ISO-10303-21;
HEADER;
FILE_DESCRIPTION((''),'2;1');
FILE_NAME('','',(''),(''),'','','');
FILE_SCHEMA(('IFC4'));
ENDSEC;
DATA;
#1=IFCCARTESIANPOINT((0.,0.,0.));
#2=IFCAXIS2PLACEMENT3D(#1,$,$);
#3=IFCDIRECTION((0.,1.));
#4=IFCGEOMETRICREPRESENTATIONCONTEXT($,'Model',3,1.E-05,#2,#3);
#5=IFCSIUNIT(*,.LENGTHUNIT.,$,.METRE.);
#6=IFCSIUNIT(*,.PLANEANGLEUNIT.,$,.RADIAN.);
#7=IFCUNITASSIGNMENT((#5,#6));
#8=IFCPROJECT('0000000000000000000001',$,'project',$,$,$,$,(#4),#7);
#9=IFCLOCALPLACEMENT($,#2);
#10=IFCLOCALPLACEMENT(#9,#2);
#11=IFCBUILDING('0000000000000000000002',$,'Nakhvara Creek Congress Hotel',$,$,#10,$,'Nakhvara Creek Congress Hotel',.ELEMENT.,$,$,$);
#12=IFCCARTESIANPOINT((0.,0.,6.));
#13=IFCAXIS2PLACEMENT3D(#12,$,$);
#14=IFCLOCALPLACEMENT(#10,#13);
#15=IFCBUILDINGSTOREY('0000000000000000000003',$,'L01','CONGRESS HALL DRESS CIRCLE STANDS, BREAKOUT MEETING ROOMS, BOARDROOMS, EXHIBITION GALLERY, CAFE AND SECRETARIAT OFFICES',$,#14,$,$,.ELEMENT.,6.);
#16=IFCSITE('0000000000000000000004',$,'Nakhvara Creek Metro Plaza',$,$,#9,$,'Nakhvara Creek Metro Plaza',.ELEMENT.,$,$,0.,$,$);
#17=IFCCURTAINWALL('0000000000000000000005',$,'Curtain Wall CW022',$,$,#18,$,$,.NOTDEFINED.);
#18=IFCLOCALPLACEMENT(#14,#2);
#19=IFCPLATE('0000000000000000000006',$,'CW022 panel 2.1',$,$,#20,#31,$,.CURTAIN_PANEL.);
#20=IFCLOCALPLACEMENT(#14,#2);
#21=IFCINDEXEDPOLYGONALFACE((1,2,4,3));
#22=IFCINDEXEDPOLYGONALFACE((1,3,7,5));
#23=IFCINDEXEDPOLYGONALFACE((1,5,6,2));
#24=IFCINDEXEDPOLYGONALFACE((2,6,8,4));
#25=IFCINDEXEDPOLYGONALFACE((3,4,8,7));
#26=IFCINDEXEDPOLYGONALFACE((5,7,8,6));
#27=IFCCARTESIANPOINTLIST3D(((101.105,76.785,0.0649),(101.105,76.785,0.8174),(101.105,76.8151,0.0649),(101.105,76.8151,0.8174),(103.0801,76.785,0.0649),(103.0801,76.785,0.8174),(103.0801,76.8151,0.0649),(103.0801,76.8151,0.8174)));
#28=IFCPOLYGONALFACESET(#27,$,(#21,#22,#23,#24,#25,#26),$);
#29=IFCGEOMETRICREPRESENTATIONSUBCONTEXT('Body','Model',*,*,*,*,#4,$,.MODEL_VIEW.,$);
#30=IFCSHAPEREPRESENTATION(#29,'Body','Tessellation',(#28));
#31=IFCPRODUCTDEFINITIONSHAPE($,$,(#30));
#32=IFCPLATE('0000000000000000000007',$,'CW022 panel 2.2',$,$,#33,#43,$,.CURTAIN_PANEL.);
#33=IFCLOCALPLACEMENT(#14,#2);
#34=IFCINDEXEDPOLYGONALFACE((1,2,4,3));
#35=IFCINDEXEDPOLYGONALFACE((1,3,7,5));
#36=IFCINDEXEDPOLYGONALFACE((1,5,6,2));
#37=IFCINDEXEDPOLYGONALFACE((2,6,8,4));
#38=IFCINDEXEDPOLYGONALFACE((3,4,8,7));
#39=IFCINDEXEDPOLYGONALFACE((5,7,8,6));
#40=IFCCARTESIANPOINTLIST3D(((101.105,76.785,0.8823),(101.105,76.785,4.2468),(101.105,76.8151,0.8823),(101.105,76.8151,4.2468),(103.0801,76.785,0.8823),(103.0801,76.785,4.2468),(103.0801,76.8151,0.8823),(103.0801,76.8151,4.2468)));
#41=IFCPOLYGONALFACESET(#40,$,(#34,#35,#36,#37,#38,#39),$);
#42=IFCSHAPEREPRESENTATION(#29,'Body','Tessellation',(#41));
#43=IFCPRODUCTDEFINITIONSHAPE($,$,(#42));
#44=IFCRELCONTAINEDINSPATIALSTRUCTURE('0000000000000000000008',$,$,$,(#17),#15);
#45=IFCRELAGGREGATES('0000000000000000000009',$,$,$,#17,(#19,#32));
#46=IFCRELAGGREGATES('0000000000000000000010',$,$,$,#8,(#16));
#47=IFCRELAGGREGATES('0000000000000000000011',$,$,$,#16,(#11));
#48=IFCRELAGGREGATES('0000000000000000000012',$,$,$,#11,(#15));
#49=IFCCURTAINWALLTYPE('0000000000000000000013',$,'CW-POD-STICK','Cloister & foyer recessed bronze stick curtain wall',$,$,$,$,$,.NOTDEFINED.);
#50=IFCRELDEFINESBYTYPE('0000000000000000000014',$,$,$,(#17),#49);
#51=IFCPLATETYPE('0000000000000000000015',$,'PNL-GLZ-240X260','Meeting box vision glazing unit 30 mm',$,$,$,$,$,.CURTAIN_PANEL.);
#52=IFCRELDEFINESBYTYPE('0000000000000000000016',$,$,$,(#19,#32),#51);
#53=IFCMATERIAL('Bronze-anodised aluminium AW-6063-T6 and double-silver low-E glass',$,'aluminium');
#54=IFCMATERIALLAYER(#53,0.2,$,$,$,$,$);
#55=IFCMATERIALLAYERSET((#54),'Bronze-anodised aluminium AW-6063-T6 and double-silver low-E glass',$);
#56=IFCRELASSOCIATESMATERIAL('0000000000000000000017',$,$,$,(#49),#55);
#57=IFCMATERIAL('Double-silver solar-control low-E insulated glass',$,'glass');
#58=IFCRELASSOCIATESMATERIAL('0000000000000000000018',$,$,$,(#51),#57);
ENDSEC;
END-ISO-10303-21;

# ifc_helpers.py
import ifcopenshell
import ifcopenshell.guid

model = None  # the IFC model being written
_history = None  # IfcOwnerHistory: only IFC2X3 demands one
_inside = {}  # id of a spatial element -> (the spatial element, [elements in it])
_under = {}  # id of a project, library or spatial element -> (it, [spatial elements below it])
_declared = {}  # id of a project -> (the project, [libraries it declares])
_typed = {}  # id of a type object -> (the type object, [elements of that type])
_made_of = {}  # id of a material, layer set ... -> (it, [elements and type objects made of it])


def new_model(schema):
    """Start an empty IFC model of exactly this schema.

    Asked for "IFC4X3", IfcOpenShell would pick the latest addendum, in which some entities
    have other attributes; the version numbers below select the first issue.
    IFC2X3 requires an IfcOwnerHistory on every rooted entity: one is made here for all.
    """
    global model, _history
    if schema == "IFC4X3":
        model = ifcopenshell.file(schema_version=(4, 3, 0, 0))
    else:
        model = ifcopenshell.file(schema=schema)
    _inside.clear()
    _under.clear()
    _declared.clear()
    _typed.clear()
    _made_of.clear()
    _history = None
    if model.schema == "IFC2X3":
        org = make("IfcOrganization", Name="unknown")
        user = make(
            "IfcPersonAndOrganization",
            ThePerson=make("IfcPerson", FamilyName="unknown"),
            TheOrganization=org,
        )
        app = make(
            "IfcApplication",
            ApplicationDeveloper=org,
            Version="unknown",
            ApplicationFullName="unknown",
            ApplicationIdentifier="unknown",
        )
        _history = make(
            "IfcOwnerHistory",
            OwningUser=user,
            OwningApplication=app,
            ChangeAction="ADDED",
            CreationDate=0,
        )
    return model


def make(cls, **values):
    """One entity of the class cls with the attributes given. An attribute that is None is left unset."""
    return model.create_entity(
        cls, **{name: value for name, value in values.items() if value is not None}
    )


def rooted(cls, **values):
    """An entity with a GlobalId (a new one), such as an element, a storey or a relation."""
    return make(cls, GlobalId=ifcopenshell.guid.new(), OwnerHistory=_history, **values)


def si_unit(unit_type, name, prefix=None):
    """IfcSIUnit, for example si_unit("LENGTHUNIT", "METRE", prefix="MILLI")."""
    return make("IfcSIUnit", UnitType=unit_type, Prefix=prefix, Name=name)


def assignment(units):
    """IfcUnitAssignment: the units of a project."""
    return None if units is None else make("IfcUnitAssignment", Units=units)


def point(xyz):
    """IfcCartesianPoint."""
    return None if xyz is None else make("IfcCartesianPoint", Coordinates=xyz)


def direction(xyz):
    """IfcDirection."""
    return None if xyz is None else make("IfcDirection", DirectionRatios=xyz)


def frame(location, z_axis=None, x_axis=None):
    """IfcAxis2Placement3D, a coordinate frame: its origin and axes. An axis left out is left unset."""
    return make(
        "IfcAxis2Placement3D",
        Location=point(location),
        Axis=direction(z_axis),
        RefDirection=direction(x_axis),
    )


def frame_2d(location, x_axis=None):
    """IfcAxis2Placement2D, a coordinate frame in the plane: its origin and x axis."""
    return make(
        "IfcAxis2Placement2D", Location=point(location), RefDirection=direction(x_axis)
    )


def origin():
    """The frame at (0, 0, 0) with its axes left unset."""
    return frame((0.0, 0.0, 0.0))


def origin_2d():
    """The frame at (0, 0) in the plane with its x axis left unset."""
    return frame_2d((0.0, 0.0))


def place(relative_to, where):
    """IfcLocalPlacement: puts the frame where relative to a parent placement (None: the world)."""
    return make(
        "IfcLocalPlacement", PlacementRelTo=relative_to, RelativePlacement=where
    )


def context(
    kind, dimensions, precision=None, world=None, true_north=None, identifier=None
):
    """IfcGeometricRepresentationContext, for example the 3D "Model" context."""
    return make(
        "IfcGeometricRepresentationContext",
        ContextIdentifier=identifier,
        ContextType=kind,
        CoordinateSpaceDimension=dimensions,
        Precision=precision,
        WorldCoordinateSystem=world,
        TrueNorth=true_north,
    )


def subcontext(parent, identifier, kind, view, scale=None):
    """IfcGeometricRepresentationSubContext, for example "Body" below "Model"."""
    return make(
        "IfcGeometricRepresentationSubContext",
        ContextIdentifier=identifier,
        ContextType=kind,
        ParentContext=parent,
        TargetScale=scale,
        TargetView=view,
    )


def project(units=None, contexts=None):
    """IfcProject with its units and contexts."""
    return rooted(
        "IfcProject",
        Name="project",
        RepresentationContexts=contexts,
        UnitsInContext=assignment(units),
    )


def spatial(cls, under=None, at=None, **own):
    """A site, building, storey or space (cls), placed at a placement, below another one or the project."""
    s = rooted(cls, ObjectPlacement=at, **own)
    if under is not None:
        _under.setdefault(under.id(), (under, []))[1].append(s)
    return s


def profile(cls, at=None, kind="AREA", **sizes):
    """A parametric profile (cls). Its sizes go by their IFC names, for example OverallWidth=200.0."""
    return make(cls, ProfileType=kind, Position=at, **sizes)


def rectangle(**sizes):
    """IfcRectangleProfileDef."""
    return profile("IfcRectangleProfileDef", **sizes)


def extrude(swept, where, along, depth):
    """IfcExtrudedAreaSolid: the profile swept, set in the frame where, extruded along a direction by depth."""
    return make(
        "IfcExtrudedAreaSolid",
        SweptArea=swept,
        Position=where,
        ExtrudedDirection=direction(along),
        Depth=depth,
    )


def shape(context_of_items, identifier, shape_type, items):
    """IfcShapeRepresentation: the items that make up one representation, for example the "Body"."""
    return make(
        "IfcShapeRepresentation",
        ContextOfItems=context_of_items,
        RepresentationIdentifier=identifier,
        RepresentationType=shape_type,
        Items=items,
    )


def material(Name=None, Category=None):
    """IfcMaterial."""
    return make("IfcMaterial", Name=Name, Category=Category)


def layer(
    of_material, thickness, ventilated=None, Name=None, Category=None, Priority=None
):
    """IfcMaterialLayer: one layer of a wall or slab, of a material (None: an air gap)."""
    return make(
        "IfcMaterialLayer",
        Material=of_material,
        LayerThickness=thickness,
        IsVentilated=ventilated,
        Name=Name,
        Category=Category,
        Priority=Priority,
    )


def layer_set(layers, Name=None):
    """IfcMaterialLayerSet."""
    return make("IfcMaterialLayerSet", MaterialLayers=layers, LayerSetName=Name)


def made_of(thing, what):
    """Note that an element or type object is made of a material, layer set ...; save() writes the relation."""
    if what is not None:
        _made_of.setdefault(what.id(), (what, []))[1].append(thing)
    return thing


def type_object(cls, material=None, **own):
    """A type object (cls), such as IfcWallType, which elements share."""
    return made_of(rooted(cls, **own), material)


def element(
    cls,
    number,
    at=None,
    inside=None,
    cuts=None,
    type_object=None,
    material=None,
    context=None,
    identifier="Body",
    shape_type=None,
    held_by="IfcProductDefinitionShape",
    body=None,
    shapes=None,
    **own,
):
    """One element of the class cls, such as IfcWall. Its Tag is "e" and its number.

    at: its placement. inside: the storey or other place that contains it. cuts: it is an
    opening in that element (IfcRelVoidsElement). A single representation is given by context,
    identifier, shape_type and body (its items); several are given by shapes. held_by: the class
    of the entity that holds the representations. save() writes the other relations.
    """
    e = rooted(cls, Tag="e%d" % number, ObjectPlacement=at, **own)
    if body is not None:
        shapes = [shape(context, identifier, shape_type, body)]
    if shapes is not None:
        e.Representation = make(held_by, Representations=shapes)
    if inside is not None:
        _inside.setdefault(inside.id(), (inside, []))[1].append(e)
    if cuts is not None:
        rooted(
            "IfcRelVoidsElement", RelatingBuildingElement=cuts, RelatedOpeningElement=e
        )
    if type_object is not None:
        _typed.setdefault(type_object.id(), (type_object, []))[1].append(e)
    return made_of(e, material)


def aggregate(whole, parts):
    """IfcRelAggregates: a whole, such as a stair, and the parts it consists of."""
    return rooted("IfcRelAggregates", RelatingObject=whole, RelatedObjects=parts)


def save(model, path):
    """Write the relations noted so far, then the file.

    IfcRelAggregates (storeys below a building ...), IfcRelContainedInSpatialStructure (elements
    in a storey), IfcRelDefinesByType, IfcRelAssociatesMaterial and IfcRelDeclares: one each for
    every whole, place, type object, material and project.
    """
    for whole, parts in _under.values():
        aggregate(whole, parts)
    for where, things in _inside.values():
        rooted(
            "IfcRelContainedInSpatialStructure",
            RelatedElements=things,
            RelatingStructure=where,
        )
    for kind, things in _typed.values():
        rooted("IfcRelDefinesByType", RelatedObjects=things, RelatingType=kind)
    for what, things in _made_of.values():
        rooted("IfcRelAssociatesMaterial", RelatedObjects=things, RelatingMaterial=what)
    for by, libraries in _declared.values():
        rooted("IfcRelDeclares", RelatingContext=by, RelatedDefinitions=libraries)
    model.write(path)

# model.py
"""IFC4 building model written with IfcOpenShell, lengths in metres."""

from ifc_helpers import new_model, si_unit, direction, frame, origin, origin_2d, place, context, subcontext, project, spatial, rectangle, extrude, material, layer, layer_set, type_object, element, aggregate, save


model = new_model("IFC4")

# Units and contexts
model_context = context("Model", 3, precision=1e-05, world=origin(), true_north=direction((0.0, 1.0)))
body_context = subcontext(model_context, "Body", "Model", "MODEL_VIEW")
ifc_project = project(units=[si_unit("LENGTHUNIT", "METRE"), si_unit("PLANEANGLEUNIT", "RADIAN")], contexts=[model_context])

# Site, building, storey
site_placement = place(None, origin())
site = spatial("IfcSite", under=ifc_project, at=site_placement, Name="Nakhvara Creek Metro Plaza", LongName="Nakhvara Creek Metro Plaza", CompositionType="ELEMENT", RefElevation=0.0)
building_placement = place(site_placement, origin())
building = spatial("IfcBuilding", under=site, at=building_placement, Name="Nakhvara Creek Congress Hotel", LongName="Nakhvara Creek Congress Hotel", CompositionType="ELEMENT")
storey_placement = place(building_placement, frame((0.0, 0.0, 6.0)))
storey = spatial("IfcBuildingStorey", under=building, at=storey_placement, Name="L01", Description="CONGRESS HALL DRESS CIRCLE STANDS, BREAKOUT MEETING ROOMS, BOARDROOMS, EXHIBITION GALLERY, CAFE AND SECRETARIAT OFFICES", CompositionType="ELEMENT", Elevation=6.0)

# Curtain wall
ifc_material_1 = material(Name="Bronze-anodised aluminium AW-6063-T6 and double-silver low-E glass", Category="aluminium")
ifc_layer = layer(ifc_material_1, 0.2)
ifc_layer_set = layer_set([ifc_layer], Name="Bronze-anodised aluminium AW-6063-T6 and double-silver low-E glass")
curtain_wall_type = type_object("IfcCurtainWallType", Name="CW-POD-STICK", Description="Cloister & foyer recessed bronze stick curtain wall", PredefinedType="NOTDEFINED", material=ifc_layer_set)
curtain_wall_1_placement = place(storey_placement, origin())
curtain_wall_1 = element("IfcCurtainWall", 1, at=curtain_wall_1_placement, inside=storey, type_object=curtain_wall_type, Name="Curtain Wall CW022", PredefinedType="NOTDEFINED")

# Plates
ifc_material_2 = material(Name="Double-silver solar-control low-E insulated glass", Category="glass")
plate_type = type_object("IfcPlateType", Name="PNL-GLZ-240X260", Description="Meeting box vision glazing unit 30 mm", PredefinedType="CURTAIN_PANEL", material=ifc_material_2)
plate_1_placement = place(storey_placement, frame((102.0925, 76.8, 0.0649), z_axis=(0.0, 0.0, 1.0), x_axis=(-1.0, 0.0, 0.0)))
plate_1 = element("IfcPlate", 2, at=plate_1_placement, type_object=plate_type, Name="CW022 panel 2.1", PredefinedType="CURTAIN_PANEL", context=body_context, shape_type="SweptSolid", body=[
    extrude(rectangle(XDim=1.9751, YDim=0.03, at=origin_2d()), origin(), (0.0, 0.0, 1.0), 0.7524),
])
plate_2_placement = place(storey_placement, frame((102.0925, 76.8, 0.8823), z_axis=(0.0, 0.0, 1.0), x_axis=(-1.0, 0.0, 0.0)))
plate_2 = element("IfcPlate", 3, at=plate_2_placement, type_object=plate_type, Name="CW022 panel 2.2", PredefinedType="CURTAIN_PANEL", context=body_context, shape_type="SweptSolid", body=[
    extrude(rectangle(XDim=1.9751, YDim=0.03, at=origin_2d()), origin(), (0.0, 0.0, 1.0), 3.3645),
])
aggregate(curtain_wall_1, [plate_1, plate_2])

save(model, "model.ifc")
